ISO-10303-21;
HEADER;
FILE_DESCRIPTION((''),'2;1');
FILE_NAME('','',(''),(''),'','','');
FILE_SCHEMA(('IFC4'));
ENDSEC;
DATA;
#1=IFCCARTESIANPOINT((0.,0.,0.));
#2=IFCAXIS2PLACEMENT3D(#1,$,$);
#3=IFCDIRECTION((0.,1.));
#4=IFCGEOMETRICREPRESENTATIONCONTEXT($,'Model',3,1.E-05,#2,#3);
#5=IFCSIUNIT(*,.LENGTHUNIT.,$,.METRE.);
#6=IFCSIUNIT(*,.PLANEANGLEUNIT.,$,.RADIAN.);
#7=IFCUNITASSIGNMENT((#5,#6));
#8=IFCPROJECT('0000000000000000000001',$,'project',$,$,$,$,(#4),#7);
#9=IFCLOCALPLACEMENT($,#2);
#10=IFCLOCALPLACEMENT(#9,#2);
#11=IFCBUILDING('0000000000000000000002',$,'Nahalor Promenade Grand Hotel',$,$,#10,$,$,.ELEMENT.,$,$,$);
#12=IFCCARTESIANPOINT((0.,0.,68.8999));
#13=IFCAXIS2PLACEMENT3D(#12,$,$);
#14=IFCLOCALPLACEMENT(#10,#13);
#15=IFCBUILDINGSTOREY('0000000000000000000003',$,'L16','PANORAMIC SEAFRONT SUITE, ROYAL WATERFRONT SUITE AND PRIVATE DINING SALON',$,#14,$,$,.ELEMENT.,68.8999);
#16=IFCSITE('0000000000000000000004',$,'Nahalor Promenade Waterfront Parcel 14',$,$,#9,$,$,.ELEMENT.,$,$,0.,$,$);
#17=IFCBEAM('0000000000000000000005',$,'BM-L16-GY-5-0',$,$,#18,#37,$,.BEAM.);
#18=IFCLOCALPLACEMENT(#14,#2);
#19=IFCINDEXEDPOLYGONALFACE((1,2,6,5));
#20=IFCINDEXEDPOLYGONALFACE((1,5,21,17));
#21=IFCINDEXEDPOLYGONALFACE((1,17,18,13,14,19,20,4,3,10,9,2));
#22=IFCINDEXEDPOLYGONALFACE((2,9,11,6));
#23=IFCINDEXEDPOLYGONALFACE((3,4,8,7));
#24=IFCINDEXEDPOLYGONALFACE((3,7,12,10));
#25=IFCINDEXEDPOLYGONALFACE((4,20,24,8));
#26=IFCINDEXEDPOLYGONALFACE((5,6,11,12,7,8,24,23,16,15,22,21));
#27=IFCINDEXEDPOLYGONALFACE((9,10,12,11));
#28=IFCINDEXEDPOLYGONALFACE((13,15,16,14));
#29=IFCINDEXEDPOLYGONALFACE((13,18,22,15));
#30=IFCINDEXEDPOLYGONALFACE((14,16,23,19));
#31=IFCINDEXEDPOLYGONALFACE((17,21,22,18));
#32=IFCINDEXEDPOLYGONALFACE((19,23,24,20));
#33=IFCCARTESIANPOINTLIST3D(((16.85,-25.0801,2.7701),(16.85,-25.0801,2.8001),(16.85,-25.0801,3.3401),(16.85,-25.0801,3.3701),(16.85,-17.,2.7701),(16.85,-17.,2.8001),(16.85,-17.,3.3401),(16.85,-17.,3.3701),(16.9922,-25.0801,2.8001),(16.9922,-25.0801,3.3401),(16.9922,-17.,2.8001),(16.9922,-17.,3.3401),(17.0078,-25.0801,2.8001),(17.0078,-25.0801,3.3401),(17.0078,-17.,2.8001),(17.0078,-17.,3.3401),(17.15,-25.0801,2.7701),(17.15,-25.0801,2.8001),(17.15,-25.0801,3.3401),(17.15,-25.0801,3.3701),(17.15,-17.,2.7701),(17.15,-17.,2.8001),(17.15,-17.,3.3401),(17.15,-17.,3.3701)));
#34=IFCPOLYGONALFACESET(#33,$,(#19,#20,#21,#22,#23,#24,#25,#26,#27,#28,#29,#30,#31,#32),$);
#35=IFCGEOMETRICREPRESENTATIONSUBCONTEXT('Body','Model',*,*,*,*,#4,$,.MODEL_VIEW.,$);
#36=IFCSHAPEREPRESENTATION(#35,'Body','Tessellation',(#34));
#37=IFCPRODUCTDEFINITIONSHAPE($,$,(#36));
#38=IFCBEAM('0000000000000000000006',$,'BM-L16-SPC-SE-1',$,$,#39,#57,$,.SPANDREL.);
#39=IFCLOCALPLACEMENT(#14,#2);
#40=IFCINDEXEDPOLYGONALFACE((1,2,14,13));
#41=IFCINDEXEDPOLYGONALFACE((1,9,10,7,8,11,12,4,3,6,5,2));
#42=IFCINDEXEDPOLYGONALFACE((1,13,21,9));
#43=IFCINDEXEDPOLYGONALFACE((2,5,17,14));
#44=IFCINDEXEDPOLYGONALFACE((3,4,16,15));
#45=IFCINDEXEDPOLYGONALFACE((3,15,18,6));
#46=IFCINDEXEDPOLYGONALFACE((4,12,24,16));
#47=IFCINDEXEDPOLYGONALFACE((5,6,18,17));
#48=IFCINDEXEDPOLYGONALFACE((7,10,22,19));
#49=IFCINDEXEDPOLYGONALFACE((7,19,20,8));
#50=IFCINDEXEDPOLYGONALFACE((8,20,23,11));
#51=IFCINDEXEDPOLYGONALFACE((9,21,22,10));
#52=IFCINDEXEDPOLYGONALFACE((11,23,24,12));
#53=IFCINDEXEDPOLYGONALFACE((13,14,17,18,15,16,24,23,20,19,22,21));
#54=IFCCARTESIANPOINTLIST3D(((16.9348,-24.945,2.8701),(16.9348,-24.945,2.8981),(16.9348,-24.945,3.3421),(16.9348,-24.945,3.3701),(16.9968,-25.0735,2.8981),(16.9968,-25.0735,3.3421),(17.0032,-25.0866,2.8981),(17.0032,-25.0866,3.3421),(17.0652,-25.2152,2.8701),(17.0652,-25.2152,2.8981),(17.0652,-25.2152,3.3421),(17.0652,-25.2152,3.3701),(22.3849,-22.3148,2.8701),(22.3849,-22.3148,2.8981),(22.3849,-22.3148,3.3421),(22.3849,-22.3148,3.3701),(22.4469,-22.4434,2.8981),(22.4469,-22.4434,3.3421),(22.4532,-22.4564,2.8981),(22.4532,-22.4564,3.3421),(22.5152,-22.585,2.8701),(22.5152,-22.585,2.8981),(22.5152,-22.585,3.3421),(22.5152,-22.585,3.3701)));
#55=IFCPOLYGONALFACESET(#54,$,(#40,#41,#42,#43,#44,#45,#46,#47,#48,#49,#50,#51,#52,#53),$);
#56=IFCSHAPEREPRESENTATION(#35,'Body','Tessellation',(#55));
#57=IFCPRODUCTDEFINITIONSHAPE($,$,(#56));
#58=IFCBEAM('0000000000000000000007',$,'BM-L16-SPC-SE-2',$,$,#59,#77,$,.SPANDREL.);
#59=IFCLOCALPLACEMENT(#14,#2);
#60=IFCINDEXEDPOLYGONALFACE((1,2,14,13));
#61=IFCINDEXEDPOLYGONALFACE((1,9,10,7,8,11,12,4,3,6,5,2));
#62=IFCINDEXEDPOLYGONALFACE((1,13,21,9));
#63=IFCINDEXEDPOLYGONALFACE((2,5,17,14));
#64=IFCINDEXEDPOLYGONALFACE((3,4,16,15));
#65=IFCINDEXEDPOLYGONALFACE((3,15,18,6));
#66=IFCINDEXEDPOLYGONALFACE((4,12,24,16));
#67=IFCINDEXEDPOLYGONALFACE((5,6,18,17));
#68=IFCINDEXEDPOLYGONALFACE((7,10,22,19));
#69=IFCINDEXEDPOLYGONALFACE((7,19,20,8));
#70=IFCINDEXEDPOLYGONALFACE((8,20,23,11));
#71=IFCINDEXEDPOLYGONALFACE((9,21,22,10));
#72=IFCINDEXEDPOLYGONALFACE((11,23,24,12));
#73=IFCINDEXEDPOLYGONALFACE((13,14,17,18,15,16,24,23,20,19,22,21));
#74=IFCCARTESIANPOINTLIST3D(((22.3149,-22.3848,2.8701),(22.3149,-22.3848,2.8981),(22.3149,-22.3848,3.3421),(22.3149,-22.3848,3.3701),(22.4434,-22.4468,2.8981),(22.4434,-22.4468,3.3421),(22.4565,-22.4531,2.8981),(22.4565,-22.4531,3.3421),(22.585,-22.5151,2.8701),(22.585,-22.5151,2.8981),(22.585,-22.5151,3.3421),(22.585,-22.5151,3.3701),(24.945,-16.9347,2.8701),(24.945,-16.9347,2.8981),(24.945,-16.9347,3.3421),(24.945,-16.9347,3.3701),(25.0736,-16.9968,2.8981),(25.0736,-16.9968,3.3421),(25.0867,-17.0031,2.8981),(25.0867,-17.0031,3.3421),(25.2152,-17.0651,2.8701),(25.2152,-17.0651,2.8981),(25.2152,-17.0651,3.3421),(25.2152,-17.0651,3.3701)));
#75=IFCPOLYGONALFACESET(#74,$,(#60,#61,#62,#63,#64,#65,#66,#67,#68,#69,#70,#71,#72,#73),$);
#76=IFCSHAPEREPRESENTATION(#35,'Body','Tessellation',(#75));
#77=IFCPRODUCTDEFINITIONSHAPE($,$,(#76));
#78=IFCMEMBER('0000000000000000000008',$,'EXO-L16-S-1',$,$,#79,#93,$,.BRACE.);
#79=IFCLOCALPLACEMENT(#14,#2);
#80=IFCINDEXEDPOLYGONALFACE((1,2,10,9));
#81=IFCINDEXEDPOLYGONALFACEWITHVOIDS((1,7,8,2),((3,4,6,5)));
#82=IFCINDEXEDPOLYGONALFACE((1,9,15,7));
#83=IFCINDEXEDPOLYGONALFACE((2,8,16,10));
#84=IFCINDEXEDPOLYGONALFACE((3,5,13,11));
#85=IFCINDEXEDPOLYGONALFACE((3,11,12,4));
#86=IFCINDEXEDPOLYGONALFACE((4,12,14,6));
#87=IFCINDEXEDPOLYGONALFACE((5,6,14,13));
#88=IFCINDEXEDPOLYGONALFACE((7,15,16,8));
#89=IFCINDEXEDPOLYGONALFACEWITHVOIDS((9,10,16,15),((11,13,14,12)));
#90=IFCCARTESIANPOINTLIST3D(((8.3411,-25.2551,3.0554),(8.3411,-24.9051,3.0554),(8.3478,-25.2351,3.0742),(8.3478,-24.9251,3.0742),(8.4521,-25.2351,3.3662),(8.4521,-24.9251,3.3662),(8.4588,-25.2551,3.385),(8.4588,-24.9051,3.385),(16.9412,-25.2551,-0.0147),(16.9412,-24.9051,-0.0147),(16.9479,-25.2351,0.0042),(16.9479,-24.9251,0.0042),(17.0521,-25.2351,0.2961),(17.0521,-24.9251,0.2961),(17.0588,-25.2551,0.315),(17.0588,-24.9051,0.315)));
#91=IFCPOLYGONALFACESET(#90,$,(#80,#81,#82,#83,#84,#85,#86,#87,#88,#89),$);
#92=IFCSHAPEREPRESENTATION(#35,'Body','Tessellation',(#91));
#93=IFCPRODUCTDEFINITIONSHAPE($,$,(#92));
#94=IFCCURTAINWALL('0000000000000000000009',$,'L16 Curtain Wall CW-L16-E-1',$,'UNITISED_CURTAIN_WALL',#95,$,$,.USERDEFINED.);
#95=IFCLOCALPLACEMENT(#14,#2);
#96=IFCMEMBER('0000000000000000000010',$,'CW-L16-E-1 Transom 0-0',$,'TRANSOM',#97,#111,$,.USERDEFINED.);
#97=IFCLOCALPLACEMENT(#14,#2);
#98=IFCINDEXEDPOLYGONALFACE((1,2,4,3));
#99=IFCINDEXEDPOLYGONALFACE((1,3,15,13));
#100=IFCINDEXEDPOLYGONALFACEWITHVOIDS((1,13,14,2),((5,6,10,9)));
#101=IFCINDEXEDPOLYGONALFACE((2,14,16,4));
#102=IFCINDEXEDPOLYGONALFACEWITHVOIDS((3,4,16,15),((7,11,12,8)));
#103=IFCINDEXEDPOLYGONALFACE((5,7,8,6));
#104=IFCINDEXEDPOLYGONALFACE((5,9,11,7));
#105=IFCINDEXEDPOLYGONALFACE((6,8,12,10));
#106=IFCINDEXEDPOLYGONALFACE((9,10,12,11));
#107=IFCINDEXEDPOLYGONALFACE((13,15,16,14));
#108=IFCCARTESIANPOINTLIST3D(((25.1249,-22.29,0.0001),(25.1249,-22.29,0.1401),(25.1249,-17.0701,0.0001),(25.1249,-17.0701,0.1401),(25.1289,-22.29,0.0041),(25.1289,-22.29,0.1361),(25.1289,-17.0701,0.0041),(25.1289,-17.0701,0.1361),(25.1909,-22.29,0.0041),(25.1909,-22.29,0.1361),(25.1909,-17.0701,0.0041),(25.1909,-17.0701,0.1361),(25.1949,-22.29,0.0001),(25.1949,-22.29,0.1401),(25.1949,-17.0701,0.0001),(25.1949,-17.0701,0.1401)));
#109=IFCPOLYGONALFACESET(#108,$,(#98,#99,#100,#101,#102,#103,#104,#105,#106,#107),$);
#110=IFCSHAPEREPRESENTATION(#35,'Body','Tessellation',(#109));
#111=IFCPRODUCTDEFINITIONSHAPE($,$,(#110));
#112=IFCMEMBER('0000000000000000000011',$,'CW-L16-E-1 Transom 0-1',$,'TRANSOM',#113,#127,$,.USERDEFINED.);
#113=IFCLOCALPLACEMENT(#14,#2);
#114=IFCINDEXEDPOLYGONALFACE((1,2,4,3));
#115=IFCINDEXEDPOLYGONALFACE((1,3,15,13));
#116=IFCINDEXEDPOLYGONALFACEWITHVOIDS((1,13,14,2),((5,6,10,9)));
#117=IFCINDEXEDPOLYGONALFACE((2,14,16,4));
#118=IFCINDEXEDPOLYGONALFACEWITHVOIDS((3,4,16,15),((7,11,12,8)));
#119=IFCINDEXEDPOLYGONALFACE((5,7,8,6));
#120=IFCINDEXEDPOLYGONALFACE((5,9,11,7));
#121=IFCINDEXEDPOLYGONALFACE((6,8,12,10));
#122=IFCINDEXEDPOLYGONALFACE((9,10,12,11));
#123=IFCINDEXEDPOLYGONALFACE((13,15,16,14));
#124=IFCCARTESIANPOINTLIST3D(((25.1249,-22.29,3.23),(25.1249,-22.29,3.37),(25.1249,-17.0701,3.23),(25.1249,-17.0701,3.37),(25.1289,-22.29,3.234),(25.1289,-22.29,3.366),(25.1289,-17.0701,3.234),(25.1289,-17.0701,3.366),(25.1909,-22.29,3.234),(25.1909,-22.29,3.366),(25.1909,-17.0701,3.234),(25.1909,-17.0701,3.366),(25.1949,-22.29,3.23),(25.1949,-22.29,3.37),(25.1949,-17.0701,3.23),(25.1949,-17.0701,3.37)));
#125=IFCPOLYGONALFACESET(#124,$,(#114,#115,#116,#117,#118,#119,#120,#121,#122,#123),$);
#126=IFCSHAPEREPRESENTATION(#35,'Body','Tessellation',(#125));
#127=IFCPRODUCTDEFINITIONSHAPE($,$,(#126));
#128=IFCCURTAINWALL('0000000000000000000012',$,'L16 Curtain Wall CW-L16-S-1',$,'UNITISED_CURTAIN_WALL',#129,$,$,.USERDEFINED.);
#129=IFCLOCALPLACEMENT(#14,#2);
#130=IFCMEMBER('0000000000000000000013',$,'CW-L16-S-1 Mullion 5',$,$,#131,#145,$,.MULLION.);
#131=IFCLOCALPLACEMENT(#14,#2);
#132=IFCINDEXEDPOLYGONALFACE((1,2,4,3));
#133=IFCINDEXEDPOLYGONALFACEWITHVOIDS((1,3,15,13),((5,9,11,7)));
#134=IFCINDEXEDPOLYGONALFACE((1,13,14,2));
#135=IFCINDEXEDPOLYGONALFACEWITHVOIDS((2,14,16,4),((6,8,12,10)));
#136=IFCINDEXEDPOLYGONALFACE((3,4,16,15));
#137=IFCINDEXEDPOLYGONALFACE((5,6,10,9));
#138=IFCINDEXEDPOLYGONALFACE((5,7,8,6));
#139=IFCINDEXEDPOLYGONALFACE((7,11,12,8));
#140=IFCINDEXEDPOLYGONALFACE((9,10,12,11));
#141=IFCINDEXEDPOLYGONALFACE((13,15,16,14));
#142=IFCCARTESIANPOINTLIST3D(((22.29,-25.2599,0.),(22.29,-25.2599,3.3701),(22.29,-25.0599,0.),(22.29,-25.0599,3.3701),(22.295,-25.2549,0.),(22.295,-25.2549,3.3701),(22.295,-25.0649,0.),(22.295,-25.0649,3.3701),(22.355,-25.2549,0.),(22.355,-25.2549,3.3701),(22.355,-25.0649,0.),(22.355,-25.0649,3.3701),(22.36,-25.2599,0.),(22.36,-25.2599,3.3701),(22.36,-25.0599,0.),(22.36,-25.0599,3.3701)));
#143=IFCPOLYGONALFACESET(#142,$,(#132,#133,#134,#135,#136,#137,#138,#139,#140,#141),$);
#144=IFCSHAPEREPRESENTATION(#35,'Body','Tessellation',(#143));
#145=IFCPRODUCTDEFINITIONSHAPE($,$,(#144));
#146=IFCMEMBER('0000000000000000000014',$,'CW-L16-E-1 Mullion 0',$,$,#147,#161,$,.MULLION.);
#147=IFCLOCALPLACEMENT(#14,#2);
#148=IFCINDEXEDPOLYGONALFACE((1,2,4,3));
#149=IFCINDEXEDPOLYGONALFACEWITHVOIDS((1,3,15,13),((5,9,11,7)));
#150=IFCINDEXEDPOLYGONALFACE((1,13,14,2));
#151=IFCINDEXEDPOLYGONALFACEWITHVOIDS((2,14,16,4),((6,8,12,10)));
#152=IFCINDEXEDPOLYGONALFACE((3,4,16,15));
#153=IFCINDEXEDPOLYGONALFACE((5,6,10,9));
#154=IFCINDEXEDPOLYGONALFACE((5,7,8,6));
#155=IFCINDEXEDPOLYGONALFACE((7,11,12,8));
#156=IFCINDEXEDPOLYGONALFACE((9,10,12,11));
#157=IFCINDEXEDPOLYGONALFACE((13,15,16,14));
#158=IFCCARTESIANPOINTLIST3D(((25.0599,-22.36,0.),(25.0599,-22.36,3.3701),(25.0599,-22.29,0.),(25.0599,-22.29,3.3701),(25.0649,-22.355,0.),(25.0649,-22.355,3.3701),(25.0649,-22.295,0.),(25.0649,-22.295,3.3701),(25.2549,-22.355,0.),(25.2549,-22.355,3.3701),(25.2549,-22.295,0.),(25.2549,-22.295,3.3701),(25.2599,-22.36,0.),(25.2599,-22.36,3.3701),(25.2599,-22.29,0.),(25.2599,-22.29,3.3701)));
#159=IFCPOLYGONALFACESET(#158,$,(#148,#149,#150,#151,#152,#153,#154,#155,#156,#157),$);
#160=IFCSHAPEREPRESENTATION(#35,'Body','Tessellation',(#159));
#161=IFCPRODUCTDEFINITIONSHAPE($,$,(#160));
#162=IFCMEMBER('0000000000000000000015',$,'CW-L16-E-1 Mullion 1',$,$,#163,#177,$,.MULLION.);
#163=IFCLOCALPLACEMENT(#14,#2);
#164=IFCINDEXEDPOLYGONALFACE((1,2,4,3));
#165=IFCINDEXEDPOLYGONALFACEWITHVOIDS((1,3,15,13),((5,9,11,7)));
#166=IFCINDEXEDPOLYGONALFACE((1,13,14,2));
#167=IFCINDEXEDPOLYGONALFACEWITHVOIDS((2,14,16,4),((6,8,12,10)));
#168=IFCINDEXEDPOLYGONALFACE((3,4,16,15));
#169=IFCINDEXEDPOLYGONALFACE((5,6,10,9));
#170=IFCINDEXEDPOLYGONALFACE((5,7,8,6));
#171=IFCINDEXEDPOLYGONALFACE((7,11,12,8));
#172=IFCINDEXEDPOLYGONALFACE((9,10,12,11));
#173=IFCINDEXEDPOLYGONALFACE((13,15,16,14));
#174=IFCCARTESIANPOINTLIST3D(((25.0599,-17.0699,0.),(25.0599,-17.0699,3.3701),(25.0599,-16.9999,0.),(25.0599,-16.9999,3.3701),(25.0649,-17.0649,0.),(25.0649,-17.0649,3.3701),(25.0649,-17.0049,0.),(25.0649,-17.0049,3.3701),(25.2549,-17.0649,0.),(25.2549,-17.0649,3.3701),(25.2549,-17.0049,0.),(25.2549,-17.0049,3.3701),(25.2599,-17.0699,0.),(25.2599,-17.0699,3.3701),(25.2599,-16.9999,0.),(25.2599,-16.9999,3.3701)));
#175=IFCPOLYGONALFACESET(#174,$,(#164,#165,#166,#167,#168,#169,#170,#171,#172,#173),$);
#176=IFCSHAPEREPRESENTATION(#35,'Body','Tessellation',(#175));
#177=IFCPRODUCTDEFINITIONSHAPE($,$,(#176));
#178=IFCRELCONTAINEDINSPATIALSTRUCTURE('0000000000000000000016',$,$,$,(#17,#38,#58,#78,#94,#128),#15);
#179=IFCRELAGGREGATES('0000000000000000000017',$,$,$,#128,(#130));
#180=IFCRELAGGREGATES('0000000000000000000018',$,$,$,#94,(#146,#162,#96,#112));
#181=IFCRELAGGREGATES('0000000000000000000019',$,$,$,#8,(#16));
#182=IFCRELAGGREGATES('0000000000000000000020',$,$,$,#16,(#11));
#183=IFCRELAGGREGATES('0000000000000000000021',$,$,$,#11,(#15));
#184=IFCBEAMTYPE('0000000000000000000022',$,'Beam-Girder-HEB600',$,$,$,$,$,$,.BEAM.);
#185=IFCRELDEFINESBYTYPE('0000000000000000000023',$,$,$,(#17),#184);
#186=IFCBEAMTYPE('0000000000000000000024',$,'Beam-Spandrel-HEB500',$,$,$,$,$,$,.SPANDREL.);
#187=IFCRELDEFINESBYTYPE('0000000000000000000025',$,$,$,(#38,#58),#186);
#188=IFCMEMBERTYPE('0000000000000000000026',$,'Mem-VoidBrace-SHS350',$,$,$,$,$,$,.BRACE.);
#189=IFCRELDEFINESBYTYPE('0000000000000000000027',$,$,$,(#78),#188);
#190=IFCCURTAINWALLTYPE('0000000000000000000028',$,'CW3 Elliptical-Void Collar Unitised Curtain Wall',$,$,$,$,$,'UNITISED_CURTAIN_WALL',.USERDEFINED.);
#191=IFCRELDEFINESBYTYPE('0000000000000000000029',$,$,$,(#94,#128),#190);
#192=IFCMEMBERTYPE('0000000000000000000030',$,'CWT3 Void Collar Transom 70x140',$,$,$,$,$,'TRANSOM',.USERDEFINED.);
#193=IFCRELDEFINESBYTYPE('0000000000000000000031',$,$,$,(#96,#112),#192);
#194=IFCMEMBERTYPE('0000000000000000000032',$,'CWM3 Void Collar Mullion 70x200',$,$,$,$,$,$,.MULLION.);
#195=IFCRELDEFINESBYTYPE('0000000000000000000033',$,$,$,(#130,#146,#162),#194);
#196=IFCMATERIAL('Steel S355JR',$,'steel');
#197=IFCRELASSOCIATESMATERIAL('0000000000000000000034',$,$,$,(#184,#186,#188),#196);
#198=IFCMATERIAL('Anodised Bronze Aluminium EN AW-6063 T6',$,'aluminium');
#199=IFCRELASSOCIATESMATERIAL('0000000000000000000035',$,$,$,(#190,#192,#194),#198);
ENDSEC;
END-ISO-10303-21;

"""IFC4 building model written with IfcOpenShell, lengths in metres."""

from ifc_helpers import new_model, si_unit, direction, frame, origin, origin_2d, place, context, subcontext, project, spatial, hollow_rectangle, i_section, extrude, source, transform, mapped, material, material_profile, profile_set, type_object, element, aggregate, save


model = new_model("IFC4")

# Units and contexts
model_context = context("Model", 3, precision=1e-05, world=origin(), true_north=direction((0.0, 1.0)))
body_context = subcontext(model_context, "Body", "Model", "MODEL_VIEW")
ifc_project = project(units=[si_unit("LENGTHUNIT", "METRE"), si_unit("PLANEANGLEUNIT", "RADIAN")], contexts=[model_context])

# Site, building, storey
site_placement = place(None, origin())
site = spatial("IfcSite", under=ifc_project, at=site_placement, Name="Nahalor Promenade Waterfront Parcel 14", CompositionType="ELEMENT", RefElevation=0.0)
building_placement = place(site_placement, origin())
building = spatial("IfcBuilding", under=site, at=building_placement, Name="Nahalor Promenade Grand Hotel", CompositionType="ELEMENT")
storey_placement = place(building_placement, frame((0.0, 0.0, 68.8999)))
storey = spatial("IfcBuildingStorey", under=building, at=storey_placement, Name="L16", Description="PANORAMIC SEAFRONT SUITE, ROYAL WATERFRONT SUITE AND PRIVATE DINING SALON", CompositionType="ELEMENT", Elevation=68.8999)

# Beams
ifc_material_1 = material(Name="Steel S355JR", Category="steel")
ifc_material_profile_1 = material_profile(ifc_material_1, i_section(OverallWidth=0.3, OverallDepth=0.6, WebThickness=0.0155, FlangeThickness=0.03, at=origin_2d()), Name="HEB 600")
ifc_profile_set_1 = profile_set([ifc_material_profile_1], Name="Steel S355JR")
beam_type_1 = type_object("IfcBeamType", Name="Beam-Girder-HEB600", PredefinedType="BEAM", material=ifc_profile_set_1)
ifc_material_profile_2 = material_profile(ifc_material_1, i_section(OverallWidth=0.3, OverallDepth=0.5, WebThickness=0.0145, FlangeThickness=0.028, at=origin_2d()), Name="HEB 500")
ifc_profile_set_2 = profile_set([ifc_material_profile_2], Name="Steel S355JR")
beam_type_2 = type_object("IfcBeamType", Name="Beam-Spandrel-HEB500", PredefinedType="SPANDREL", material=ifc_profile_set_2)
shared_shape_1 = source(origin(), body_context, "Body", "SweptSolid", [
    extrude(i_section(OverallWidth=0.3, OverallDepth=0.6, WebThickness=0.0155, FlangeThickness=0.03, at=origin_2d()), origin(), (0.0, 0.0, 1.0), 8.0801),
])
for number, where, z_axis, x_axis, name in (
    (1, (17.0, -25.0801, 3.0701), (0.0, 1.0, 0.0), (-1.0, 0.0, 0.0), "BM-L16-GY-5-0"),
):
    element("IfcBeam", number, at=place(storey_placement, frame(where, z_axis=z_axis, x_axis=x_axis)), inside=storey, type_object=beam_type_1, Name=name, PredefinedType="BEAM", context=body_context, shape_type="MappedRepresentation", body=[
        mapped(shared_shape_1, transform((0.0, 0.0, 0.0), scale=1.0)),
    ])
shared_shape_2 = source(origin(), body_context, "Body", "SweptSolid", [
    extrude(i_section(OverallWidth=0.3, OverallDepth=0.5, WebThickness=0.0145, FlangeThickness=0.028, at=origin_2d()), origin(), (0.0, 0.0, 1.0), 6.0515),
])
for number, where, z_axis, x_axis, name in (
    (2, (17.0, -25.0801, 3.1201), (0.900609, 0.434631, 0.0), (-0.434631, 0.900609, 0.0), "BM-L16-SPC-SE-1"),
    (3, (22.45, -22.45, 3.1201), (0.434631, 0.900609, 0.0), (-0.900609, 0.434631, 0.0), "BM-L16-SPC-SE-2"),
):
    element("IfcBeam", number, at=place(storey_placement, frame(where, z_axis=z_axis, x_axis=x_axis)), inside=storey, type_object=beam_type_2, Name=name, PredefinedType="SPANDREL", context=body_context, shape_type="MappedRepresentation", body=[
        mapped(shared_shape_2, transform((0.0, 0.0, 0.0), scale=1.0)),
    ])

# Member
ifc_material_profile_3 = material_profile(ifc_material_1, hollow_rectangle(XDim=0.35, YDim=0.35, WallThickness=0.02, at=origin_2d()), Name="SHS 350x350x20")
ifc_profile_set_3 = profile_set([ifc_material_profile_3], Name="Steel S355JR")
member_type_1 = type_object("IfcMemberType", Name="Mem-VoidBrace-SHS350", PredefinedType="BRACE", material=ifc_profile_set_3)
shared_shape_3 = source(origin(), body_context, "Body", "SweptSolid", [
    extrude(hollow_rectangle(XDim=0.35, YDim=0.35, WallThickness=0.02, at=origin_2d()), origin(), (0.0, 0.0, 1.0), 9.1316),
])
member_1_placement = place(storey_placement, frame((17.0, -25.0801, 0.1501), z_axis=(-0.94179, 0.0, 0.336201), x_axis=(0.0, -1.0, 0.0)))
element("IfcMember", 4, at=member_1_placement, inside=storey, type_object=member_type_1, Name="EXO-L16-S-1", PredefinedType="BRACE", context=body_context, shape_type="MappedRepresentation", body=[
    mapped(shared_shape_3, transform((0.0, 0.0, 0.0), scale=1.0)),
])

# Curtain wall, members
ifc_material_2 = material(Name="Anodised Bronze Aluminium EN AW-6063 T6", Category="aluminium")
curtain_wall_type = type_object("IfcCurtainWallType", Name="CW3 Elliptical-Void Collar Unitised Curtain Wall", ElementType="UNITISED_CURTAIN_WALL", PredefinedType="USERDEFINED", material=ifc_material_2)
curtain_wall_1_placement = place(storey_placement, origin())
curtain_wall_1 = element("IfcCurtainWall", 5, at=curtain_wall_1_placement, inside=storey, type_object=curtain_wall_type, Name="L16 Curtain Wall CW-L16-E-1", ObjectType="UNITISED_CURTAIN_WALL", PredefinedType="USERDEFINED")
ifc_material_profile_4 = material_profile(ifc_material_2, hollow_rectangle(XDim=0.07, YDim=0.14, WallThickness=0.004, at=origin_2d()), Name="CWT 70x140x4")
ifc_profile_set_4 = profile_set([ifc_material_profile_4], Name="Anodised Bronze Aluminium EN AW-6063 T6")
member_type_2 = type_object("IfcMemberType", Name="CWT3 Void Collar Transom 70x140", ElementType="TRANSOM", PredefinedType="USERDEFINED", material=ifc_profile_set_4)
shared_shape_4 = source(origin(), body_context, "Body", "SweptSolid", [
    extrude(hollow_rectangle(XDim=0.07, YDim=0.14, WallThickness=0.004, at=origin_2d()), origin(), (0.0, 0.0, 1.0), 5.22),
])
member_2_placement = place(storey_placement, frame((25.1599, -22.29, 0.0701), z_axis=(0.0, 1.0, 0.0), x_axis=(-1.0, 0.0, 0.0)))
member_2 = element("IfcMember", 6, at=member_2_placement, type_object=member_type_2, Name="CW-L16-E-1 Transom 0-0", ObjectType="TRANSOM", PredefinedType="USERDEFINED", context=body_context, shape_type="MappedRepresentation", body=[
    mapped(shared_shape_4, transform((0.0, 0.0, 0.0), scale=1.0)),
])
member_3_placement = place(storey_placement, frame((25.1599, -22.29, 3.3), z_axis=(0.0, 1.0, 0.0), x_axis=(-1.0, 0.0, 0.0)))
member_3 = element("IfcMember", 7, at=member_3_placement, type_object=member_type_2, Name="CW-L16-E-1 Transom 0-1", ObjectType="TRANSOM", PredefinedType="USERDEFINED", context=body_context, shape_type="MappedRepresentation", body=[
    mapped(shared_shape_4, transform((0.0, 0.0, 0.0), scale=1.0)),
])

# Curtain wall, member
curtain_wall_2_placement = place(storey_placement, origin())
curtain_wall_2 = element("IfcCurtainWall", 8, at=curtain_wall_2_placement, inside=storey, type_object=curtain_wall_type, Name="L16 Curtain Wall CW-L16-S-1", ObjectType="UNITISED_CURTAIN_WALL", PredefinedType="USERDEFINED")
ifc_material_profile_5 = material_profile(ifc_material_2, hollow_rectangle(XDim=0.07, YDim=0.2, WallThickness=0.005, at=origin_2d()), Name="CWM 70x200x5")
ifc_profile_set_5 = profile_set([ifc_material_profile_5], Name="Anodised Bronze Aluminium EN AW-6063 T6")
member_type_3 = type_object("IfcMemberType", Name="CWM3 Void Collar Mullion 70x200", PredefinedType="MULLION", material=ifc_profile_set_5)
shared_shape_5 = source(origin(), body_context, "Body", "SweptSolid", [
    extrude(hollow_rectangle(XDim=0.07, YDim=0.2, WallThickness=0.005, at=origin_2d()), origin(), (0.0, 0.0, 1.0), 3.3701),
])
member_4_placement = place(storey_placement, frame((22.325, -25.1599, 0.0), z_axis=(0.0, 0.0, 1.0), x_axis=(1.0, 0.0, 0.0)))
member_4 = element("IfcMember", 9, at=member_4_placement, type_object=member_type_3, Name="CW-L16-S-1 Mullion 5", PredefinedType="MULLION", context=body_context, shape_type="MappedRepresentation", body=[
    mapped(shared_shape_5, transform((0.0, 0.0, 0.0), scale=1.0)),
])

# Members
member_5_placement = place(storey_placement, frame((25.1599, -22.325, 0.0), z_axis=(0.0, 0.0, 1.0), x_axis=(0.0, 1.0, 0.0)))
member_5 = element("IfcMember", 10, at=member_5_placement, type_object=member_type_3, Name="CW-L16-E-1 Mullion 0", PredefinedType="MULLION", context=body_context, shape_type="MappedRepresentation", body=[
    mapped(shared_shape_5, transform((0.0, 0.0, 0.0), scale=1.0)),
])
member_6_placement = place(storey_placement, frame((25.1599, -17.0349, 0.0), z_axis=(0.0, 0.0, 1.0), x_axis=(0.0, 1.0, 0.0)))
member_6 = element("IfcMember", 11, at=member_6_placement, type_object=member_type_3, Name="CW-L16-E-1 Mullion 1", PredefinedType="MULLION", context=body_context, shape_type="MappedRepresentation", body=[
    mapped(shared_shape_5, transform((0.0, 0.0, 0.0), scale=1.0)),
])

aggregate(curtain_wall_2, [member_4])
aggregate(curtain_wall_1, [member_5, member_6, member_2, member_3])

save(model, "model.ifc")
